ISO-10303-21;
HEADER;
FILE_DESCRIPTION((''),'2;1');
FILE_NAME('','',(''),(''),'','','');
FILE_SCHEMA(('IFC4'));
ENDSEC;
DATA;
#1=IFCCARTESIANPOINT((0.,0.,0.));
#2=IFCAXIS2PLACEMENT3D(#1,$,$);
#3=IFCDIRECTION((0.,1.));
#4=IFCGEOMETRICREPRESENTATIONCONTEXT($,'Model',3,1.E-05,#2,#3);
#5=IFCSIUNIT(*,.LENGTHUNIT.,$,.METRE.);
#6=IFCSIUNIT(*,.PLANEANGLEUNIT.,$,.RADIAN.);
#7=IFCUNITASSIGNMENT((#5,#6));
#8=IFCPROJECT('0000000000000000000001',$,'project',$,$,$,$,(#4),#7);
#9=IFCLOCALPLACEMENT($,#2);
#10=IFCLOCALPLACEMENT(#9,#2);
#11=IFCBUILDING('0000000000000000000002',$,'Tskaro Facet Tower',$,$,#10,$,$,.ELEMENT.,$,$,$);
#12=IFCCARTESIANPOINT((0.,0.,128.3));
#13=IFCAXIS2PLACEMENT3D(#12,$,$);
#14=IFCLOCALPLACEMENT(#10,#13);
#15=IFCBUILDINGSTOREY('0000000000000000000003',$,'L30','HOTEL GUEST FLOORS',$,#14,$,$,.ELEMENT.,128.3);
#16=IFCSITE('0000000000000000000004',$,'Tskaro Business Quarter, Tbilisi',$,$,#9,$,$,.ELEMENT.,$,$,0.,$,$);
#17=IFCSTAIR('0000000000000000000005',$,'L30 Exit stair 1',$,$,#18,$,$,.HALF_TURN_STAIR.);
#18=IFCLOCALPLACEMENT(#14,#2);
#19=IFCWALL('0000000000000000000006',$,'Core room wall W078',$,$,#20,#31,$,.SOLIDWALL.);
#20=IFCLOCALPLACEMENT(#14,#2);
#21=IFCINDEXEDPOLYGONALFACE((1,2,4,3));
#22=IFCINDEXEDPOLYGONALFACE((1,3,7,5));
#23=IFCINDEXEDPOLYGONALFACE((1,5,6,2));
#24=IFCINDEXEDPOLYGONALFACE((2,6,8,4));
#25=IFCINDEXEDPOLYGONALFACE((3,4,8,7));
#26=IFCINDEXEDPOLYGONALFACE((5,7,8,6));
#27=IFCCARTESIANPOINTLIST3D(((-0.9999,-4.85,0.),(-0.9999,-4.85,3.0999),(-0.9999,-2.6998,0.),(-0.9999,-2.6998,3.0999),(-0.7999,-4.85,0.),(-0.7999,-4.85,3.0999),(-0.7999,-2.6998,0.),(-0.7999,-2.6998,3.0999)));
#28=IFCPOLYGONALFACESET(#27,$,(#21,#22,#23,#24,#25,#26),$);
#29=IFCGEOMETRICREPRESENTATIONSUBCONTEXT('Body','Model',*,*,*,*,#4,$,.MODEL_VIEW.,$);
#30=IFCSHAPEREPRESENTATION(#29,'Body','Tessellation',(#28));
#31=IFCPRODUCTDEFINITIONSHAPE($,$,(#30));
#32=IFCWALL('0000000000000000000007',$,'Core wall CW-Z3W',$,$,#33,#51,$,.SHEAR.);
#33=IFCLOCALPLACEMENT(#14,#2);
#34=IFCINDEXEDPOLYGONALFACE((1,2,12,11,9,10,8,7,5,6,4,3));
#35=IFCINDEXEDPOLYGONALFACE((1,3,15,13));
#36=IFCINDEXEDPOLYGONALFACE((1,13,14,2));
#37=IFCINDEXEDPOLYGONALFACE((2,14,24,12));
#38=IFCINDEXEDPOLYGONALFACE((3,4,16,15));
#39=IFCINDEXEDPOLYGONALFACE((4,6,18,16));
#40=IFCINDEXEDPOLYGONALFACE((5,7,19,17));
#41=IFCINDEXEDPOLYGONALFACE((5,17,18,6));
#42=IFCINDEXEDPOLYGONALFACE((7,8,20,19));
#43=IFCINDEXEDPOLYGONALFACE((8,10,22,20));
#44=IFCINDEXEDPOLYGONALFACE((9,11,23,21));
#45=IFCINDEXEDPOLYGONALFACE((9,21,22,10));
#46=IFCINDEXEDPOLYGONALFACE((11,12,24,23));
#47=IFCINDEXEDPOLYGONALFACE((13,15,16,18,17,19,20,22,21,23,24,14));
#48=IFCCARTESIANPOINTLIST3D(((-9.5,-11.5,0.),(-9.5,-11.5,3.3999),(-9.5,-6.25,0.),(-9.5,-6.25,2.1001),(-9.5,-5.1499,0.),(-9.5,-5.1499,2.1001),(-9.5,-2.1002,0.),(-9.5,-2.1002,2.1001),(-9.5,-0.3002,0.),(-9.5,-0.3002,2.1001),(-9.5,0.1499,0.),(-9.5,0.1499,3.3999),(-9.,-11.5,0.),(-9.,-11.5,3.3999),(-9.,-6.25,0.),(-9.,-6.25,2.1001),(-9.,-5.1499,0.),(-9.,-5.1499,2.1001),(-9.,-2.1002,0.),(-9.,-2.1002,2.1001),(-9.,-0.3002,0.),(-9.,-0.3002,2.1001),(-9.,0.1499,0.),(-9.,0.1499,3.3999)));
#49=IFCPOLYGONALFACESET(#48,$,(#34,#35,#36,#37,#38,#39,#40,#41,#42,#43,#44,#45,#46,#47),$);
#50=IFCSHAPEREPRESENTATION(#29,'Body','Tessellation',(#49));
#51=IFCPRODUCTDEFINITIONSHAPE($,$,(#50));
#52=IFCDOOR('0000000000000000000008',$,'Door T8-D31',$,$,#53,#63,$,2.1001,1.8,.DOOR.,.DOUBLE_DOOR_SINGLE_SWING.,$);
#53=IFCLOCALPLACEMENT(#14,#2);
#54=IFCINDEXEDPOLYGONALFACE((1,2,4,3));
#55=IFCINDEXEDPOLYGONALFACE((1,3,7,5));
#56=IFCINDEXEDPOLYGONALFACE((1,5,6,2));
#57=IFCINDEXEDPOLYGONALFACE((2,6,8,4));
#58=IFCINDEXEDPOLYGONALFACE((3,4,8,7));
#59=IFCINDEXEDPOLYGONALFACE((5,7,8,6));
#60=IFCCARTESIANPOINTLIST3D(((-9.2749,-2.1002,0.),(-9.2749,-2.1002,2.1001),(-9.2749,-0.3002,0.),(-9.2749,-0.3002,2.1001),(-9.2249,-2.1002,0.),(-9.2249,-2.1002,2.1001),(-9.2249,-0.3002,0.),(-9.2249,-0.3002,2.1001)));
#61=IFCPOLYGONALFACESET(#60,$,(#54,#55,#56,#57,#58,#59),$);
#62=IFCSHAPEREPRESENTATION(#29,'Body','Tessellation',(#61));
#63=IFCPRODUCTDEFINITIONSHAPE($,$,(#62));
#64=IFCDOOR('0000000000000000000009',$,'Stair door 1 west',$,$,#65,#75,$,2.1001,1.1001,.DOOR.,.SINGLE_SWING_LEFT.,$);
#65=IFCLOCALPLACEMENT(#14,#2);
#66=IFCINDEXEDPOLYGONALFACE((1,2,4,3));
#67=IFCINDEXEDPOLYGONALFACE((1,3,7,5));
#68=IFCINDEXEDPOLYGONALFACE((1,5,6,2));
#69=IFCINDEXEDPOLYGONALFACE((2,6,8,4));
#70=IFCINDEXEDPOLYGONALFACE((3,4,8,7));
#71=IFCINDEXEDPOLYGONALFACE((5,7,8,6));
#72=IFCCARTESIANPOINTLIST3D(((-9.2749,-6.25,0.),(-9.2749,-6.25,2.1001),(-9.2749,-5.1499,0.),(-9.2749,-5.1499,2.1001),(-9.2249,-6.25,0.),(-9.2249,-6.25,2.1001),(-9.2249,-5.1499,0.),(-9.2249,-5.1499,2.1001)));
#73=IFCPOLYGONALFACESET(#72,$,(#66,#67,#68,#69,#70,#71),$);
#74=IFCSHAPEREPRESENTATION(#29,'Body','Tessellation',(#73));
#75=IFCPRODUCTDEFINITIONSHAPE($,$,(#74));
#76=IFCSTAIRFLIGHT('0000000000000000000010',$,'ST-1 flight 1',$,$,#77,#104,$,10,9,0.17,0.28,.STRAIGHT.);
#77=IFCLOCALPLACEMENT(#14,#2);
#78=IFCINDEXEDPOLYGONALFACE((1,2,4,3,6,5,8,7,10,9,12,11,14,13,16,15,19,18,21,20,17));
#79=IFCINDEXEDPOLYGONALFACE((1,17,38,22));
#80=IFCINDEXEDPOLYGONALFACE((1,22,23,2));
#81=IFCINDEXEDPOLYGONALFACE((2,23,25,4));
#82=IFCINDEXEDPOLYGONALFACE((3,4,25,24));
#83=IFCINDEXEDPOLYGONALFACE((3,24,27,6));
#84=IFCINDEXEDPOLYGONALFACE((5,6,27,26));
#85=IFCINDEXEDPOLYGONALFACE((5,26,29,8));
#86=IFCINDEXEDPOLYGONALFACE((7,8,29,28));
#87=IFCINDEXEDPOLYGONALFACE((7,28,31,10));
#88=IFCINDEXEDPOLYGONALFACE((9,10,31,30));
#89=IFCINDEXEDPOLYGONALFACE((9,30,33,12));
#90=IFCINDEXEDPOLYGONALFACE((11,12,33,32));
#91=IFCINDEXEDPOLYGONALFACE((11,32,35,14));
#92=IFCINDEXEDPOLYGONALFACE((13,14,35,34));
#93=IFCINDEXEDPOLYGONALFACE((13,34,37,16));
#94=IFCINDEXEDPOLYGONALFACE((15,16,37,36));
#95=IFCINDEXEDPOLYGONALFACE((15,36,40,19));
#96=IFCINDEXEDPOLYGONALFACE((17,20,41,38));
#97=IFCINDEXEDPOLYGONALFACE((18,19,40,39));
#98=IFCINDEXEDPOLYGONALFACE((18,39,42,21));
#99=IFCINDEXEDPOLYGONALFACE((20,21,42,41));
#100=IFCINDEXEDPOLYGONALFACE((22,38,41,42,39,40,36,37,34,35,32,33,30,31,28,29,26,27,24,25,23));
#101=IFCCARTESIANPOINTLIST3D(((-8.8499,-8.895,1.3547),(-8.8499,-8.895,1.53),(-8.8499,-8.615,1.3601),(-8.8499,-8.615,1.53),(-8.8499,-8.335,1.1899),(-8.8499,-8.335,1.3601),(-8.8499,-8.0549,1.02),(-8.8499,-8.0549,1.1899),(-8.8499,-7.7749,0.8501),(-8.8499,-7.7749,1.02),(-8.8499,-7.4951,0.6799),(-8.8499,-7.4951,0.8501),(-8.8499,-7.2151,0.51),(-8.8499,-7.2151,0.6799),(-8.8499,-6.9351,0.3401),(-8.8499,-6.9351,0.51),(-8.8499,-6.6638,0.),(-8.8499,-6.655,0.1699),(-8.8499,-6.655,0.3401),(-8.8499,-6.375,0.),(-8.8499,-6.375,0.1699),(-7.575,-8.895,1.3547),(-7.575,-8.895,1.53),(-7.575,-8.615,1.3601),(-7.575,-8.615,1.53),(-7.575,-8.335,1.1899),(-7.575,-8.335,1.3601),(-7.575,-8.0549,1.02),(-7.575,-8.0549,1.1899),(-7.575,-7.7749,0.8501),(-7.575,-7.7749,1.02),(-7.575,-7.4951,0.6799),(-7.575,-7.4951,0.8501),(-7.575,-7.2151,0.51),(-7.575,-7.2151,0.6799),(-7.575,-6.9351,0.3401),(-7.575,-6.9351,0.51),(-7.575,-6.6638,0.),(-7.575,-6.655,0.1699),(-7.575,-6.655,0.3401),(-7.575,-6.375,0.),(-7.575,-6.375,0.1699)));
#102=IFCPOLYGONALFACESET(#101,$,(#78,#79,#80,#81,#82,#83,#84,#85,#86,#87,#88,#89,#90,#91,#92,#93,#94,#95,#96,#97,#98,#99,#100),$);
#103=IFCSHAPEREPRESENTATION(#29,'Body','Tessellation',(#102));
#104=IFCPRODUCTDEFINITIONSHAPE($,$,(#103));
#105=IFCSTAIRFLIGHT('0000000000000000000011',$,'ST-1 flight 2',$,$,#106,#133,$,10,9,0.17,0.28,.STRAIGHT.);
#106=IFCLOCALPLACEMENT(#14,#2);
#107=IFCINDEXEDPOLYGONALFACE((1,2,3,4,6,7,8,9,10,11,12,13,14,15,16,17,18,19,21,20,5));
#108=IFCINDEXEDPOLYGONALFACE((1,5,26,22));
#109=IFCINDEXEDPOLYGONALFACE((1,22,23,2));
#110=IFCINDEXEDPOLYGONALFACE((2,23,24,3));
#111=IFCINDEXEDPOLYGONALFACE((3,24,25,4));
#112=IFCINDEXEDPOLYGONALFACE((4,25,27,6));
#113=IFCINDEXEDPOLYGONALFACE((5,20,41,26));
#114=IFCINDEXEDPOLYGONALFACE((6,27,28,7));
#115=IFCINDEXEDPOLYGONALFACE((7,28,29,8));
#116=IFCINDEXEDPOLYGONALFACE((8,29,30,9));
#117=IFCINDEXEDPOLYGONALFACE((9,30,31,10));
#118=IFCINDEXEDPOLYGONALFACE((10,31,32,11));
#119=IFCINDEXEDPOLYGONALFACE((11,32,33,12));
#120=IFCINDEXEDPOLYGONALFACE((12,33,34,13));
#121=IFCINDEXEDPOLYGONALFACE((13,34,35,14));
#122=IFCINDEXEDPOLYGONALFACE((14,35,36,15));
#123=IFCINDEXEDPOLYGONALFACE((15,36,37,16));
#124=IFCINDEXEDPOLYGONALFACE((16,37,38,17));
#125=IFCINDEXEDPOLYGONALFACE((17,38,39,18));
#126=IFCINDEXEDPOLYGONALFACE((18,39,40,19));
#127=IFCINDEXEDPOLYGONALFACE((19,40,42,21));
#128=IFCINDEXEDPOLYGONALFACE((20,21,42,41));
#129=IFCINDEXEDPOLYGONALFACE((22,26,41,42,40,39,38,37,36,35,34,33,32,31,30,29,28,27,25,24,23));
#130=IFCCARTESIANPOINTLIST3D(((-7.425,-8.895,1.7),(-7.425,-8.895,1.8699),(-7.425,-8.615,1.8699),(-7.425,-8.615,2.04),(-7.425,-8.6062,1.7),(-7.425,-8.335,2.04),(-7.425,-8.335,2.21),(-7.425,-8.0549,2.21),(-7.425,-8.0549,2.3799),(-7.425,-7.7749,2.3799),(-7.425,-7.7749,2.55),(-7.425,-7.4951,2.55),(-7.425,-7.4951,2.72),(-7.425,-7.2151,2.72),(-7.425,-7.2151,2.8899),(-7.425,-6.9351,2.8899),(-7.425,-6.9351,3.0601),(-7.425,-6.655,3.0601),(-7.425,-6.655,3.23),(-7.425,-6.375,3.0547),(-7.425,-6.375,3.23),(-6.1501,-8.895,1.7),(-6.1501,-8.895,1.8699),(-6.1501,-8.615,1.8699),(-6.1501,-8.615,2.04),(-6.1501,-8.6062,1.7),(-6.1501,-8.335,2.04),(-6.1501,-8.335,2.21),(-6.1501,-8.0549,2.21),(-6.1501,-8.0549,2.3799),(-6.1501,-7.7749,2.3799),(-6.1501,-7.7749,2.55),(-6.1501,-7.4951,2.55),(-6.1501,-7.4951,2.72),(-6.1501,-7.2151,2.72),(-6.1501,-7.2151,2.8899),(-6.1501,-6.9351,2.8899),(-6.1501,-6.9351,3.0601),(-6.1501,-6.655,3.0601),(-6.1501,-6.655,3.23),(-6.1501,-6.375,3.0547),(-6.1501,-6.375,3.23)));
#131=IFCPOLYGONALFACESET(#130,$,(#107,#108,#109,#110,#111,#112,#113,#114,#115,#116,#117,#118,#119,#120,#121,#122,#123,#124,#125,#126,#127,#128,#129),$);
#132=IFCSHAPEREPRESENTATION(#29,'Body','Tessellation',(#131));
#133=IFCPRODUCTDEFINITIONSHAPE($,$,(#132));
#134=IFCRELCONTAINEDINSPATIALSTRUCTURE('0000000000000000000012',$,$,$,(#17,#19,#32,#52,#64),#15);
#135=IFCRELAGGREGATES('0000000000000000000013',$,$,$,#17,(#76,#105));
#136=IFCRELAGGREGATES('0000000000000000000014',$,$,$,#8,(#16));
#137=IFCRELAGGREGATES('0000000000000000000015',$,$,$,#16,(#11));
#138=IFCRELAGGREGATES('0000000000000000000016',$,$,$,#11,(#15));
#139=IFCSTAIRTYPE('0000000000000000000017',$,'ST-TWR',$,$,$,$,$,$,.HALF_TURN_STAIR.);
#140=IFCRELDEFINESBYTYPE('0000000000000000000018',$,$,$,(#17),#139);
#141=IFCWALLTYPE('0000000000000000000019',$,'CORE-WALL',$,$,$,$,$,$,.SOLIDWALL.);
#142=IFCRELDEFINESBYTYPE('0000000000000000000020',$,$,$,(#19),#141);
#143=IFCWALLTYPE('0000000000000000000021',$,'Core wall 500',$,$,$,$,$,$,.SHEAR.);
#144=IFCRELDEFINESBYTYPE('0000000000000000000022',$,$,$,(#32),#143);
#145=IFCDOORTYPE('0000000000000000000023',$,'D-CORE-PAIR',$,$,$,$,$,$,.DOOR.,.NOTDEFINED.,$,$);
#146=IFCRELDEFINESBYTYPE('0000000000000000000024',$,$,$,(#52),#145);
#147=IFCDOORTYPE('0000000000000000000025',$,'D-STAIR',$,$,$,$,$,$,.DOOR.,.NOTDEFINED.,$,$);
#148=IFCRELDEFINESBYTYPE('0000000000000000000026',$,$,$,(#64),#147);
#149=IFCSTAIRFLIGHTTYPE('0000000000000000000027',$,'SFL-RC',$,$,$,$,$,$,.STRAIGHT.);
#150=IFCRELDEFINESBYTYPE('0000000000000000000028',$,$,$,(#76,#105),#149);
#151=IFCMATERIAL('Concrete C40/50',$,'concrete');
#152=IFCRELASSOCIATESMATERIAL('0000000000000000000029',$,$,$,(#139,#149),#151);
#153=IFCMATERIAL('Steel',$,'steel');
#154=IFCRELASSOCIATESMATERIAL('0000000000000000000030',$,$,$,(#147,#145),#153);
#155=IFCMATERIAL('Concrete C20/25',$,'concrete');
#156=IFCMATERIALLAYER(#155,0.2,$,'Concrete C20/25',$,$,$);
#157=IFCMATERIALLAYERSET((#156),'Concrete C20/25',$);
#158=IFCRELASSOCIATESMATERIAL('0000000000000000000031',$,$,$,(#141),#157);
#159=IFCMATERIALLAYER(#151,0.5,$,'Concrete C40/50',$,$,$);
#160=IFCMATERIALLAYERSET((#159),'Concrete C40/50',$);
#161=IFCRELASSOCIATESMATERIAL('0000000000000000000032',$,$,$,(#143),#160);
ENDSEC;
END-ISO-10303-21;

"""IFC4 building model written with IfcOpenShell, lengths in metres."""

from ifc_helpers import new_model, si_unit, direction, frame, frame_2d, origin, place, context, subcontext, project, spatial, polyline, rectangle, outline, extrude, material, layer, layer_set, type_object, element, fill, aggregate, save


model = new_model("IFC4")

# Units and contexts
model_context = context("Model", 3, precision=1e-05, world=origin(), true_north=direction((0.0, 1.0)))
body_context = subcontext(model_context, "Body", "Model", "MODEL_VIEW")
ifc_project = project(units=[si_unit("LENGTHUNIT", "METRE"), si_unit("PLANEANGLEUNIT", "RADIAN")], contexts=[model_context])

# Site, building, storey
site_placement = place(None, origin())
site = spatial("IfcSite", under=ifc_project, at=site_placement, Name="Tskaro Business Quarter, Tbilisi", CompositionType="ELEMENT", RefElevation=0.0)
building_placement = place(site_placement, origin())
building = spatial("IfcBuilding", under=site, at=building_placement, Name="Tskaro Facet Tower", CompositionType="ELEMENT")
storey_placement = place(building_placement, frame((0.0, 0.0, 128.3)))
storey = spatial("IfcBuildingStorey", under=building, at=storey_placement, Name="L30", Description="HOTEL GUEST FLOORS", CompositionType="ELEMENT", Elevation=128.3)

# Stair
ifc_material_1 = material(Name="Concrete C40/50", Category="concrete")
stair_type = type_object("IfcStairType", Name="ST-TWR", PredefinedType="HALF_TURN_STAIR", material=ifc_material_1)
stair_1_placement = place(storey_placement, origin())
stair_1 = element("IfcStair", 1, at=stair_1_placement, inside=storey, type_object=stair_type, Name="L30 Exit stair 1", PredefinedType="HALF_TURN_STAIR")

# Shared definitions
ifc_material_2 = material(Name="Steel", Category="steel")
door_type_1 = type_object("IfcDoorType", Name="D-STAIR", OperationType="NOTDEFINED", PredefinedType="DOOR", material=ifc_material_2)

# Wall
ifc_material_3 = material(Name="Concrete C20/25", Category="concrete")
ifc_layer_1 = layer(ifc_material_3, 0.2, Name="Concrete C20/25")
ifc_layer_set_1 = layer_set([ifc_layer_1], Name="Concrete C20/25")
wall_type_1 = type_object("IfcWallType", Name="CORE-WALL", PredefinedType="SOLIDWALL", material=ifc_layer_set_1)
wall_1_placement = place(storey_placement, frame((-0.8999, -4.8501, 0.0), z_axis=(0.0, 0.0, 1.0), x_axis=(0.0, 1.0, 0.0)))
element("IfcWall", 2, at=wall_1_placement, inside=storey, type_object=wall_type_1, Name="Core room wall W078", PredefinedType="SOLIDWALL", context=body_context, shape_type="SweptSolid", body=[
    extrude(rectangle(XDim=2.1501, YDim=0.2, at=frame_2d((1.0752, 0.0))), origin(), (0.0, 0.0, 1.0), 3.0999),
])

# Wall, openings, doors
ifc_layer_2 = layer(ifc_material_1, 0.5, Name="Concrete C40/50")
ifc_layer_set_2 = layer_set([ifc_layer_2], Name="Concrete C40/50")
wall_type_2 = type_object("IfcWallType", Name="Core wall 500", PredefinedType="SHEAR", material=ifc_layer_set_2)
wall_2_placement = place(storey_placement, frame((-9.25, -11.5, 0.0), z_axis=(0.0, 0.0, 1.0), x_axis=(0.0, 1.0, 0.0)))
wall_2 = element("IfcWall", 3, at=wall_2_placement, inside=storey, type_object=wall_type_2, Name="Core wall CW-Z3W", PredefinedType="SHEAR", context=body_context, shape_type="SweptSolid", body=[
    extrude(rectangle(XDim=11.6499, YDim=0.5, at=frame_2d((5.825, 0.0))), origin(), (0.0, 0.0, 1.0), 3.3999),
])
opening_1_placement = place(wall_2_placement, frame((9.3999, 0.0, 0.0)))
opening_1 = element("IfcOpeningElement", 4, at=opening_1_placement, cuts=wall_2, PredefinedType="OPENING", context=body_context, shape_type="SweptSolid", body=[
    extrude(rectangle(XDim=1.8, YDim=2.1001, at=frame_2d((0.8999, 1.05))), frame((0.0, 0.26, 0.0), z_axis=(0.0, -1.0, 0.0), x_axis=(1.0, 0.0, 0.0)), (0.0, 0.0, 1.0), 0.52),
])
opening_2_placement = place(wall_2_placement, frame((5.25, 0.0, 0.0)))
opening_2 = element("IfcOpeningElement", 5, at=opening_2_placement, cuts=wall_2, PredefinedType="OPENING", context=body_context, shape_type="SweptSolid", body=[
    extrude(rectangle(XDim=1.1001, YDim=2.1001, at=frame_2d((0.55, 1.05))), frame((0.0, 0.26, 0.0), z_axis=(0.0, -1.0, 0.0), x_axis=(1.0, 0.0, 0.0)), (0.0, 0.0, 1.0), 0.52),
])
door_type_2 = type_object("IfcDoorType", Name="D-CORE-PAIR", OperationType="NOTDEFINED", PredefinedType="DOOR", material=ifc_material_2)
door_1_placement = place(opening_1_placement, origin())
door_1 = element("IfcDoor", 6, at=door_1_placement, inside=storey, type_object=door_type_2, Name="Door T8-D31", OperationType="DOUBLE_DOOR_SINGLE_SWING", OverallHeight=2.1001, OverallWidth=1.8, PredefinedType="DOOR", context=body_context, shape_type="SweptSolid", body=[
    extrude(rectangle(XDim=1.8, YDim=2.1001, at=frame_2d((0.8999, 1.05))), frame((0.0, 0.0249, 0.0), z_axis=(0.0, -1.0, 0.0), x_axis=(1.0, 0.0, 0.0)), (0.0, 0.0, 1.0), 0.05),
])
fill(opening_1, door_1)
door_2_placement = place(opening_2_placement, origin())
door_2 = element("IfcDoor", 7, at=door_2_placement, inside=storey, type_object=door_type_1, Name="Stair door 1 west", OperationType="SINGLE_SWING_LEFT", OverallHeight=2.1001, OverallWidth=1.1001, PredefinedType="DOOR", context=body_context, shape_type="SweptSolid", body=[
    extrude(rectangle(XDim=1.1001, YDim=2.1001, at=frame_2d((0.55, 1.05))), frame((0.0, 0.0249, 0.0), z_axis=(0.0, -1.0, 0.0), x_axis=(1.0, 0.0, 0.0)), (0.0, 0.0, 1.0), 0.05),
])
fill(opening_2, door_2)

# Stair flights
stair_flight_type = type_object("IfcStairFlightType", Name="SFL-RC", PredefinedType="STRAIGHT", material=ifc_material_1)
stair_flight_1_placement = place(storey_placement, frame((-8.2124, -6.375, 0.0), z_axis=(0.0, 0.0, 1.0), x_axis=(0.0, -1.0, 0.0)))
stair_flight_1 = element("IfcStairFlight", 8, at=stair_flight_1_placement, type_object=stair_flight_type, Name="ST-1 flight 1", NumberOfRisers=10, NumberOfTreads=9, PredefinedType="STRAIGHT", RiserHeight=0.17, TreadLength=0.28, context=body_context, shape_type="SweptSolid", body=[
    extrude(outline(polyline([(0.0, 0.0), (0.0, 0.1699), (0.28, 0.1699), (0.28, 0.3401), (0.5601, 0.3401), (0.5601, 0.51), (0.8401, 0.51), (0.8401, 0.6799), (1.1201, 0.6799), (1.1201, 0.8501), (1.3999, 0.8501), (1.3999, 1.02), (1.6799, 1.02), (1.6799, 1.1899), (1.96, 1.1899), (1.96, 1.3601), (2.24, 1.3601), (2.24, 1.53), (2.52, 1.53), (2.52, 1.7), (2.52, 1.3547), (0.2888, 0.0), (0.0, 0.0)])), frame((0.0, 0.6375, 0.0), z_axis=(0.0, -1.0, 0.0), x_axis=(1.0, 0.0, 0.0)), (0.0, 0.0, 1.0), 1.2749),
])
stair_flight_2_placement = place(storey_placement, frame((-6.7876, -8.895, 1.7), z_axis=(0.0, 0.0, 1.0), x_axis=(0.0, 1.0, 0.0)))
stair_flight_2 = element("IfcStairFlight", 9, at=stair_flight_2_placement, type_object=stair_flight_type, Name="ST-1 flight 2", NumberOfRisers=10, NumberOfTreads=9, PredefinedType="STRAIGHT", RiserHeight=0.17, TreadLength=0.28, context=body_context, shape_type="SweptSolid", body=[
    extrude(outline(polyline([(0.0, 0.0), (0.0, 0.1699), (0.28, 0.1699), (0.28, 0.3401), (0.5601, 0.3401), (0.5601, 0.51), (0.8401, 0.51), (0.8401, 0.6799), (1.1201, 0.6799), (1.1201, 0.8501), (1.3999, 0.8501), (1.3999, 1.02), (1.6799, 1.02), (1.6799, 1.1899), (1.96, 1.1899), (1.96, 1.3601), (2.24, 1.3601), (2.24, 1.53), (2.52, 1.53), (2.52, 1.7), (2.52, 1.3547), (0.2888, 0.0), (0.0, 0.0)])), frame((0.0, 0.6375, 0.0), z_axis=(0.0, -1.0, 0.0), x_axis=(1.0, 0.0, 0.0)), (0.0, 0.0, 1.0), 1.2749),
])
aggregate(stair_1, [stair_flight_1, stair_flight_2])

save(model, "model.ifc")
